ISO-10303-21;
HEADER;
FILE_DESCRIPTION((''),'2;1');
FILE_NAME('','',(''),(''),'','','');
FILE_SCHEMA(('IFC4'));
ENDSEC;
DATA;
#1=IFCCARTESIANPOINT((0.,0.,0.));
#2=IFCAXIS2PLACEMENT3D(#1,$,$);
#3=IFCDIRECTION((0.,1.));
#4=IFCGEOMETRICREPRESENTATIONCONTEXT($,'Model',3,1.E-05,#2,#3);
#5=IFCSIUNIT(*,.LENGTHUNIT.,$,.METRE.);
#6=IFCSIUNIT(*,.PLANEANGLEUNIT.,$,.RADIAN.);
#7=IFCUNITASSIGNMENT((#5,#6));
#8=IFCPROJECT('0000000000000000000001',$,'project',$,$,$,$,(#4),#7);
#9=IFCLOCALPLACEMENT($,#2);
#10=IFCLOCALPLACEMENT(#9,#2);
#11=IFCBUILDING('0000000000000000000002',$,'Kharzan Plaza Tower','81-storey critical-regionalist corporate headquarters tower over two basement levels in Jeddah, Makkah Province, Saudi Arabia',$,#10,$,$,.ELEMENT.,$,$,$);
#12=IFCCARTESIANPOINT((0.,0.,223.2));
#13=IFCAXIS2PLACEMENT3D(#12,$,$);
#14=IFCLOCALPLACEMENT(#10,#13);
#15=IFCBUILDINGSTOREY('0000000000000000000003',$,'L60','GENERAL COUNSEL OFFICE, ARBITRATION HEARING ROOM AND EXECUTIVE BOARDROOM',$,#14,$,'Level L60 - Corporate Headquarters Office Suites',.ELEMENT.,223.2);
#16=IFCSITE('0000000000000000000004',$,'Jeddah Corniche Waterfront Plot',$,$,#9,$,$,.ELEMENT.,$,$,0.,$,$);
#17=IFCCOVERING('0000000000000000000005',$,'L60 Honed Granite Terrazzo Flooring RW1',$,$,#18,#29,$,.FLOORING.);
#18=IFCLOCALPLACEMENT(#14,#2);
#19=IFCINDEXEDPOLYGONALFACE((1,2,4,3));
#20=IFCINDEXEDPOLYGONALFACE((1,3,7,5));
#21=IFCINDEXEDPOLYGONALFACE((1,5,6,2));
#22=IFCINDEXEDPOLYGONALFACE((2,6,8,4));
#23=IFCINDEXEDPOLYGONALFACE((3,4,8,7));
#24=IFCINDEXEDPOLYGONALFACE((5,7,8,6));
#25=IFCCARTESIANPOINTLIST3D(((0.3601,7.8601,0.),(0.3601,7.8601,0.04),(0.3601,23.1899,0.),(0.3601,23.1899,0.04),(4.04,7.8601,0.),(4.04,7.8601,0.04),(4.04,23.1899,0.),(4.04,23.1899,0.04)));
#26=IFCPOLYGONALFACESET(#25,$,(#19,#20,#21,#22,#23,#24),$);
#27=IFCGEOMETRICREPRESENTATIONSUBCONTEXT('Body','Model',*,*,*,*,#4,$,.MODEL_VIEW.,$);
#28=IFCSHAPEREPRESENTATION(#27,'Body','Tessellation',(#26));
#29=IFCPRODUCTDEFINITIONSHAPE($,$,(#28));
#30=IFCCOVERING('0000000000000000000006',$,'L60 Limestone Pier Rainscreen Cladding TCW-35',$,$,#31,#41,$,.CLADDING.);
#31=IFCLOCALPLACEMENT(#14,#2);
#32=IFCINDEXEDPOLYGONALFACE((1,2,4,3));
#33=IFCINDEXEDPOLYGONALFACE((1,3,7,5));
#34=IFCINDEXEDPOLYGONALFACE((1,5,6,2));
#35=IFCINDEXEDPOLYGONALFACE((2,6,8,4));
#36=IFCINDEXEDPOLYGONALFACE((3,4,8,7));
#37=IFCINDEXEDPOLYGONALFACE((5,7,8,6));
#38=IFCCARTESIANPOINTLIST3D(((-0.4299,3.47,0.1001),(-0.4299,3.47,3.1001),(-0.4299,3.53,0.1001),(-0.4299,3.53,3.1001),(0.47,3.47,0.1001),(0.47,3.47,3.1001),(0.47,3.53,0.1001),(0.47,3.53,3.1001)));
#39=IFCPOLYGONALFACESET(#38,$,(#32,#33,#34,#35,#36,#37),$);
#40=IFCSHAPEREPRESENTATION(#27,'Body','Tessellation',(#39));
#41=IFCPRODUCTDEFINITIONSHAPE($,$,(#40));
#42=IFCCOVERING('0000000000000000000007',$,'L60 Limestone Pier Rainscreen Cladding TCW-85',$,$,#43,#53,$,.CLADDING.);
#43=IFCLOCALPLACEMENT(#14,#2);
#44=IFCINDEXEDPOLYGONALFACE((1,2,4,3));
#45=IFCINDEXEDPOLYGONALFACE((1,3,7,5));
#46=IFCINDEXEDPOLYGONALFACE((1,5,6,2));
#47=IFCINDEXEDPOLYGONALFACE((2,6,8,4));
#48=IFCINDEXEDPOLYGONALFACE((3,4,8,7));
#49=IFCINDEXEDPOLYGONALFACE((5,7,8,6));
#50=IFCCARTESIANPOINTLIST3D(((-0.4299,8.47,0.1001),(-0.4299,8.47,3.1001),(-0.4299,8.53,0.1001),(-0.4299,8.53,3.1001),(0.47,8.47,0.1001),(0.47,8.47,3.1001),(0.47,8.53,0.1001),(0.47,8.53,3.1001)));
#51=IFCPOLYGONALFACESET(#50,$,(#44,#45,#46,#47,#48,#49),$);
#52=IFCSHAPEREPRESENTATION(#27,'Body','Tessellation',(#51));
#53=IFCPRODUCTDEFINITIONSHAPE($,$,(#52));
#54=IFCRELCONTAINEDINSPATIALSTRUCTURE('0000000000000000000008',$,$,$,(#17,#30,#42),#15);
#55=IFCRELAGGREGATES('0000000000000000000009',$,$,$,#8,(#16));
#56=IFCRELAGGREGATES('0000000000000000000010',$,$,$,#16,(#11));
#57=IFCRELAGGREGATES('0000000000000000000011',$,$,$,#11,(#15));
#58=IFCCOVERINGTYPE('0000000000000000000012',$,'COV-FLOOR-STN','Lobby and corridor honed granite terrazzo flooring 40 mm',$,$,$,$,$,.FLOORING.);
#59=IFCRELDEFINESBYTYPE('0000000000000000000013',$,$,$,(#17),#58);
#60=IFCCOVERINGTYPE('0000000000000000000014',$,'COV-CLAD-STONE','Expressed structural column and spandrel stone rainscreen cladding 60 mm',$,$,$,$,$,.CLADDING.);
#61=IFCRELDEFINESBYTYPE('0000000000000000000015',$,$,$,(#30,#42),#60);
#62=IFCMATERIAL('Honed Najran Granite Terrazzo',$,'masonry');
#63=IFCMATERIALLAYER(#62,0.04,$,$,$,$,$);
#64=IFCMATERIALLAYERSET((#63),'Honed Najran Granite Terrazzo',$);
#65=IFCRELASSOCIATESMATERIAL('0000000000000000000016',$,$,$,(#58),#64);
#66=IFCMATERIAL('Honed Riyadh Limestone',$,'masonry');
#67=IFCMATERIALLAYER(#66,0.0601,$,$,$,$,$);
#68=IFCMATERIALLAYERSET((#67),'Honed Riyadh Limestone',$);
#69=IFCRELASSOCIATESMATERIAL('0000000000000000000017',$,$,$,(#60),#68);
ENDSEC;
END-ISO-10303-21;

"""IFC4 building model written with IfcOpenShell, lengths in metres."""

from ifc_helpers import new_model, si_unit, direction, frame, origin, origin_2d, place, context, subcontext, project, spatial, polyline, rectangle, outline, extrude, source, transform, mapped, material, layer, layer_set, type_object, element, save


model = new_model("IFC4")

# Units and contexts
model_context = context("Model", 3, precision=1e-05, world=origin(), true_north=direction((0.0, 1.0)))
body_context = subcontext(model_context, "Body", "Model", "MODEL_VIEW")
ifc_project = project(units=[si_unit("LENGTHUNIT", "METRE"), si_unit("PLANEANGLEUNIT", "RADIAN")], contexts=[model_context])

# Site, building, storey
site_placement = place(None, origin())
site = spatial("IfcSite", under=ifc_project, at=site_placement, Name="Jeddah Corniche Waterfront Plot", CompositionType="ELEMENT", RefElevation=0.0)
building_placement = place(site_placement, origin())
building = spatial("IfcBuilding", under=site, at=building_placement, Name="Kharzan Plaza Tower", Description="81-storey critical-regionalist corporate headquarters tower over two basement levels in Jeddah, Makkah Province, Saudi Arabia", CompositionType="ELEMENT")
storey_placement = place(building_placement, frame((0.0, 0.0, 223.2)))
storey = spatial("IfcBuildingStorey", under=building, at=storey_placement, Name="L60", Description="GENERAL COUNSEL OFFICE, ARBITRATION HEARING ROOM AND EXECUTIVE BOARDROOM", LongName="Level L60 - Corporate Headquarters Office Suites", CompositionType="ELEMENT", Elevation=223.2)

# Coverings
ifc_material_1 = material(Name="Honed Najran Granite Terrazzo", Category="masonry")
ifc_layer_1 = layer(ifc_material_1, 0.04)
ifc_layer_set_1 = layer_set([ifc_layer_1], Name="Honed Najran Granite Terrazzo")
covering_type_1 = type_object("IfcCoveringType", Name="COV-FLOOR-STN", Description="Lobby and corridor honed granite terrazzo flooring 40 mm", PredefinedType="FLOORING", material=ifc_layer_set_1)
covering_1_placement = place(storey_placement, origin())
element("IfcCovering", 1, at=covering_1_placement, inside=storey, type_object=covering_type_1, Name="L60 Honed Granite Terrazzo Flooring RW1", PredefinedType="FLOORING", context=body_context, shape_type="SweptSolid", body=[
    extrude(outline(polyline([(0.3601, 7.8601), (4.04, 7.8601), (4.04, 23.1899), (0.3601, 23.1899), (0.3601, 7.8601)])), origin(), (0.0, 0.0, 1.0), 0.04),
])
ifc_material_2 = material(Name="Honed Riyadh Limestone", Category="masonry")
ifc_layer_2 = layer(ifc_material_2, 0.0601)
ifc_layer_set_2 = layer_set([ifc_layer_2], Name="Honed Riyadh Limestone")
covering_type_2 = type_object("IfcCoveringType", Name="COV-CLAD-STONE", Description="Expressed structural column and spandrel stone rainscreen cladding 60 mm", PredefinedType="CLADDING", material=ifc_layer_set_2)
shared_shape_1 = source(origin(), body_context, "Body", "SweptSolid", [
    extrude(rectangle(XDim=0.0601, YDim=0.8999, at=origin_2d()), origin(), (0.0, 0.0, 1.0), 3.0),
])
for number, where, z_axis, x_axis, name in (
    (2, (0.02, 3.5, 0.1001), (0.0, 0.0, 1.0), (0.0, 1.0, 0.0), "L60 Limestone Pier Rainscreen Cladding TCW-35"),
    (3, (0.02, 8.5, 0.1001), (0.0, 0.0, 1.0), (0.0, 1.0, 0.0), "L60 Limestone Pier Rainscreen Cladding TCW-85"),
):
    element("IfcCovering", number, at=place(storey_placement, frame(where, z_axis=z_axis, x_axis=x_axis)), inside=storey, type_object=covering_type_2, Name=name, PredefinedType="CLADDING", context=body_context, shape_type="MappedRepresentation", body=[
        mapped(shared_shape_1, transform((0.0, 0.0, 0.0), x_axis=(1.0, 0.0, 0.0), y_axis=(0.0, 1.0, 0.0), z_axis=(0.0, 0.0, 1.0))),
    ])

save(model, "model.ifc")
